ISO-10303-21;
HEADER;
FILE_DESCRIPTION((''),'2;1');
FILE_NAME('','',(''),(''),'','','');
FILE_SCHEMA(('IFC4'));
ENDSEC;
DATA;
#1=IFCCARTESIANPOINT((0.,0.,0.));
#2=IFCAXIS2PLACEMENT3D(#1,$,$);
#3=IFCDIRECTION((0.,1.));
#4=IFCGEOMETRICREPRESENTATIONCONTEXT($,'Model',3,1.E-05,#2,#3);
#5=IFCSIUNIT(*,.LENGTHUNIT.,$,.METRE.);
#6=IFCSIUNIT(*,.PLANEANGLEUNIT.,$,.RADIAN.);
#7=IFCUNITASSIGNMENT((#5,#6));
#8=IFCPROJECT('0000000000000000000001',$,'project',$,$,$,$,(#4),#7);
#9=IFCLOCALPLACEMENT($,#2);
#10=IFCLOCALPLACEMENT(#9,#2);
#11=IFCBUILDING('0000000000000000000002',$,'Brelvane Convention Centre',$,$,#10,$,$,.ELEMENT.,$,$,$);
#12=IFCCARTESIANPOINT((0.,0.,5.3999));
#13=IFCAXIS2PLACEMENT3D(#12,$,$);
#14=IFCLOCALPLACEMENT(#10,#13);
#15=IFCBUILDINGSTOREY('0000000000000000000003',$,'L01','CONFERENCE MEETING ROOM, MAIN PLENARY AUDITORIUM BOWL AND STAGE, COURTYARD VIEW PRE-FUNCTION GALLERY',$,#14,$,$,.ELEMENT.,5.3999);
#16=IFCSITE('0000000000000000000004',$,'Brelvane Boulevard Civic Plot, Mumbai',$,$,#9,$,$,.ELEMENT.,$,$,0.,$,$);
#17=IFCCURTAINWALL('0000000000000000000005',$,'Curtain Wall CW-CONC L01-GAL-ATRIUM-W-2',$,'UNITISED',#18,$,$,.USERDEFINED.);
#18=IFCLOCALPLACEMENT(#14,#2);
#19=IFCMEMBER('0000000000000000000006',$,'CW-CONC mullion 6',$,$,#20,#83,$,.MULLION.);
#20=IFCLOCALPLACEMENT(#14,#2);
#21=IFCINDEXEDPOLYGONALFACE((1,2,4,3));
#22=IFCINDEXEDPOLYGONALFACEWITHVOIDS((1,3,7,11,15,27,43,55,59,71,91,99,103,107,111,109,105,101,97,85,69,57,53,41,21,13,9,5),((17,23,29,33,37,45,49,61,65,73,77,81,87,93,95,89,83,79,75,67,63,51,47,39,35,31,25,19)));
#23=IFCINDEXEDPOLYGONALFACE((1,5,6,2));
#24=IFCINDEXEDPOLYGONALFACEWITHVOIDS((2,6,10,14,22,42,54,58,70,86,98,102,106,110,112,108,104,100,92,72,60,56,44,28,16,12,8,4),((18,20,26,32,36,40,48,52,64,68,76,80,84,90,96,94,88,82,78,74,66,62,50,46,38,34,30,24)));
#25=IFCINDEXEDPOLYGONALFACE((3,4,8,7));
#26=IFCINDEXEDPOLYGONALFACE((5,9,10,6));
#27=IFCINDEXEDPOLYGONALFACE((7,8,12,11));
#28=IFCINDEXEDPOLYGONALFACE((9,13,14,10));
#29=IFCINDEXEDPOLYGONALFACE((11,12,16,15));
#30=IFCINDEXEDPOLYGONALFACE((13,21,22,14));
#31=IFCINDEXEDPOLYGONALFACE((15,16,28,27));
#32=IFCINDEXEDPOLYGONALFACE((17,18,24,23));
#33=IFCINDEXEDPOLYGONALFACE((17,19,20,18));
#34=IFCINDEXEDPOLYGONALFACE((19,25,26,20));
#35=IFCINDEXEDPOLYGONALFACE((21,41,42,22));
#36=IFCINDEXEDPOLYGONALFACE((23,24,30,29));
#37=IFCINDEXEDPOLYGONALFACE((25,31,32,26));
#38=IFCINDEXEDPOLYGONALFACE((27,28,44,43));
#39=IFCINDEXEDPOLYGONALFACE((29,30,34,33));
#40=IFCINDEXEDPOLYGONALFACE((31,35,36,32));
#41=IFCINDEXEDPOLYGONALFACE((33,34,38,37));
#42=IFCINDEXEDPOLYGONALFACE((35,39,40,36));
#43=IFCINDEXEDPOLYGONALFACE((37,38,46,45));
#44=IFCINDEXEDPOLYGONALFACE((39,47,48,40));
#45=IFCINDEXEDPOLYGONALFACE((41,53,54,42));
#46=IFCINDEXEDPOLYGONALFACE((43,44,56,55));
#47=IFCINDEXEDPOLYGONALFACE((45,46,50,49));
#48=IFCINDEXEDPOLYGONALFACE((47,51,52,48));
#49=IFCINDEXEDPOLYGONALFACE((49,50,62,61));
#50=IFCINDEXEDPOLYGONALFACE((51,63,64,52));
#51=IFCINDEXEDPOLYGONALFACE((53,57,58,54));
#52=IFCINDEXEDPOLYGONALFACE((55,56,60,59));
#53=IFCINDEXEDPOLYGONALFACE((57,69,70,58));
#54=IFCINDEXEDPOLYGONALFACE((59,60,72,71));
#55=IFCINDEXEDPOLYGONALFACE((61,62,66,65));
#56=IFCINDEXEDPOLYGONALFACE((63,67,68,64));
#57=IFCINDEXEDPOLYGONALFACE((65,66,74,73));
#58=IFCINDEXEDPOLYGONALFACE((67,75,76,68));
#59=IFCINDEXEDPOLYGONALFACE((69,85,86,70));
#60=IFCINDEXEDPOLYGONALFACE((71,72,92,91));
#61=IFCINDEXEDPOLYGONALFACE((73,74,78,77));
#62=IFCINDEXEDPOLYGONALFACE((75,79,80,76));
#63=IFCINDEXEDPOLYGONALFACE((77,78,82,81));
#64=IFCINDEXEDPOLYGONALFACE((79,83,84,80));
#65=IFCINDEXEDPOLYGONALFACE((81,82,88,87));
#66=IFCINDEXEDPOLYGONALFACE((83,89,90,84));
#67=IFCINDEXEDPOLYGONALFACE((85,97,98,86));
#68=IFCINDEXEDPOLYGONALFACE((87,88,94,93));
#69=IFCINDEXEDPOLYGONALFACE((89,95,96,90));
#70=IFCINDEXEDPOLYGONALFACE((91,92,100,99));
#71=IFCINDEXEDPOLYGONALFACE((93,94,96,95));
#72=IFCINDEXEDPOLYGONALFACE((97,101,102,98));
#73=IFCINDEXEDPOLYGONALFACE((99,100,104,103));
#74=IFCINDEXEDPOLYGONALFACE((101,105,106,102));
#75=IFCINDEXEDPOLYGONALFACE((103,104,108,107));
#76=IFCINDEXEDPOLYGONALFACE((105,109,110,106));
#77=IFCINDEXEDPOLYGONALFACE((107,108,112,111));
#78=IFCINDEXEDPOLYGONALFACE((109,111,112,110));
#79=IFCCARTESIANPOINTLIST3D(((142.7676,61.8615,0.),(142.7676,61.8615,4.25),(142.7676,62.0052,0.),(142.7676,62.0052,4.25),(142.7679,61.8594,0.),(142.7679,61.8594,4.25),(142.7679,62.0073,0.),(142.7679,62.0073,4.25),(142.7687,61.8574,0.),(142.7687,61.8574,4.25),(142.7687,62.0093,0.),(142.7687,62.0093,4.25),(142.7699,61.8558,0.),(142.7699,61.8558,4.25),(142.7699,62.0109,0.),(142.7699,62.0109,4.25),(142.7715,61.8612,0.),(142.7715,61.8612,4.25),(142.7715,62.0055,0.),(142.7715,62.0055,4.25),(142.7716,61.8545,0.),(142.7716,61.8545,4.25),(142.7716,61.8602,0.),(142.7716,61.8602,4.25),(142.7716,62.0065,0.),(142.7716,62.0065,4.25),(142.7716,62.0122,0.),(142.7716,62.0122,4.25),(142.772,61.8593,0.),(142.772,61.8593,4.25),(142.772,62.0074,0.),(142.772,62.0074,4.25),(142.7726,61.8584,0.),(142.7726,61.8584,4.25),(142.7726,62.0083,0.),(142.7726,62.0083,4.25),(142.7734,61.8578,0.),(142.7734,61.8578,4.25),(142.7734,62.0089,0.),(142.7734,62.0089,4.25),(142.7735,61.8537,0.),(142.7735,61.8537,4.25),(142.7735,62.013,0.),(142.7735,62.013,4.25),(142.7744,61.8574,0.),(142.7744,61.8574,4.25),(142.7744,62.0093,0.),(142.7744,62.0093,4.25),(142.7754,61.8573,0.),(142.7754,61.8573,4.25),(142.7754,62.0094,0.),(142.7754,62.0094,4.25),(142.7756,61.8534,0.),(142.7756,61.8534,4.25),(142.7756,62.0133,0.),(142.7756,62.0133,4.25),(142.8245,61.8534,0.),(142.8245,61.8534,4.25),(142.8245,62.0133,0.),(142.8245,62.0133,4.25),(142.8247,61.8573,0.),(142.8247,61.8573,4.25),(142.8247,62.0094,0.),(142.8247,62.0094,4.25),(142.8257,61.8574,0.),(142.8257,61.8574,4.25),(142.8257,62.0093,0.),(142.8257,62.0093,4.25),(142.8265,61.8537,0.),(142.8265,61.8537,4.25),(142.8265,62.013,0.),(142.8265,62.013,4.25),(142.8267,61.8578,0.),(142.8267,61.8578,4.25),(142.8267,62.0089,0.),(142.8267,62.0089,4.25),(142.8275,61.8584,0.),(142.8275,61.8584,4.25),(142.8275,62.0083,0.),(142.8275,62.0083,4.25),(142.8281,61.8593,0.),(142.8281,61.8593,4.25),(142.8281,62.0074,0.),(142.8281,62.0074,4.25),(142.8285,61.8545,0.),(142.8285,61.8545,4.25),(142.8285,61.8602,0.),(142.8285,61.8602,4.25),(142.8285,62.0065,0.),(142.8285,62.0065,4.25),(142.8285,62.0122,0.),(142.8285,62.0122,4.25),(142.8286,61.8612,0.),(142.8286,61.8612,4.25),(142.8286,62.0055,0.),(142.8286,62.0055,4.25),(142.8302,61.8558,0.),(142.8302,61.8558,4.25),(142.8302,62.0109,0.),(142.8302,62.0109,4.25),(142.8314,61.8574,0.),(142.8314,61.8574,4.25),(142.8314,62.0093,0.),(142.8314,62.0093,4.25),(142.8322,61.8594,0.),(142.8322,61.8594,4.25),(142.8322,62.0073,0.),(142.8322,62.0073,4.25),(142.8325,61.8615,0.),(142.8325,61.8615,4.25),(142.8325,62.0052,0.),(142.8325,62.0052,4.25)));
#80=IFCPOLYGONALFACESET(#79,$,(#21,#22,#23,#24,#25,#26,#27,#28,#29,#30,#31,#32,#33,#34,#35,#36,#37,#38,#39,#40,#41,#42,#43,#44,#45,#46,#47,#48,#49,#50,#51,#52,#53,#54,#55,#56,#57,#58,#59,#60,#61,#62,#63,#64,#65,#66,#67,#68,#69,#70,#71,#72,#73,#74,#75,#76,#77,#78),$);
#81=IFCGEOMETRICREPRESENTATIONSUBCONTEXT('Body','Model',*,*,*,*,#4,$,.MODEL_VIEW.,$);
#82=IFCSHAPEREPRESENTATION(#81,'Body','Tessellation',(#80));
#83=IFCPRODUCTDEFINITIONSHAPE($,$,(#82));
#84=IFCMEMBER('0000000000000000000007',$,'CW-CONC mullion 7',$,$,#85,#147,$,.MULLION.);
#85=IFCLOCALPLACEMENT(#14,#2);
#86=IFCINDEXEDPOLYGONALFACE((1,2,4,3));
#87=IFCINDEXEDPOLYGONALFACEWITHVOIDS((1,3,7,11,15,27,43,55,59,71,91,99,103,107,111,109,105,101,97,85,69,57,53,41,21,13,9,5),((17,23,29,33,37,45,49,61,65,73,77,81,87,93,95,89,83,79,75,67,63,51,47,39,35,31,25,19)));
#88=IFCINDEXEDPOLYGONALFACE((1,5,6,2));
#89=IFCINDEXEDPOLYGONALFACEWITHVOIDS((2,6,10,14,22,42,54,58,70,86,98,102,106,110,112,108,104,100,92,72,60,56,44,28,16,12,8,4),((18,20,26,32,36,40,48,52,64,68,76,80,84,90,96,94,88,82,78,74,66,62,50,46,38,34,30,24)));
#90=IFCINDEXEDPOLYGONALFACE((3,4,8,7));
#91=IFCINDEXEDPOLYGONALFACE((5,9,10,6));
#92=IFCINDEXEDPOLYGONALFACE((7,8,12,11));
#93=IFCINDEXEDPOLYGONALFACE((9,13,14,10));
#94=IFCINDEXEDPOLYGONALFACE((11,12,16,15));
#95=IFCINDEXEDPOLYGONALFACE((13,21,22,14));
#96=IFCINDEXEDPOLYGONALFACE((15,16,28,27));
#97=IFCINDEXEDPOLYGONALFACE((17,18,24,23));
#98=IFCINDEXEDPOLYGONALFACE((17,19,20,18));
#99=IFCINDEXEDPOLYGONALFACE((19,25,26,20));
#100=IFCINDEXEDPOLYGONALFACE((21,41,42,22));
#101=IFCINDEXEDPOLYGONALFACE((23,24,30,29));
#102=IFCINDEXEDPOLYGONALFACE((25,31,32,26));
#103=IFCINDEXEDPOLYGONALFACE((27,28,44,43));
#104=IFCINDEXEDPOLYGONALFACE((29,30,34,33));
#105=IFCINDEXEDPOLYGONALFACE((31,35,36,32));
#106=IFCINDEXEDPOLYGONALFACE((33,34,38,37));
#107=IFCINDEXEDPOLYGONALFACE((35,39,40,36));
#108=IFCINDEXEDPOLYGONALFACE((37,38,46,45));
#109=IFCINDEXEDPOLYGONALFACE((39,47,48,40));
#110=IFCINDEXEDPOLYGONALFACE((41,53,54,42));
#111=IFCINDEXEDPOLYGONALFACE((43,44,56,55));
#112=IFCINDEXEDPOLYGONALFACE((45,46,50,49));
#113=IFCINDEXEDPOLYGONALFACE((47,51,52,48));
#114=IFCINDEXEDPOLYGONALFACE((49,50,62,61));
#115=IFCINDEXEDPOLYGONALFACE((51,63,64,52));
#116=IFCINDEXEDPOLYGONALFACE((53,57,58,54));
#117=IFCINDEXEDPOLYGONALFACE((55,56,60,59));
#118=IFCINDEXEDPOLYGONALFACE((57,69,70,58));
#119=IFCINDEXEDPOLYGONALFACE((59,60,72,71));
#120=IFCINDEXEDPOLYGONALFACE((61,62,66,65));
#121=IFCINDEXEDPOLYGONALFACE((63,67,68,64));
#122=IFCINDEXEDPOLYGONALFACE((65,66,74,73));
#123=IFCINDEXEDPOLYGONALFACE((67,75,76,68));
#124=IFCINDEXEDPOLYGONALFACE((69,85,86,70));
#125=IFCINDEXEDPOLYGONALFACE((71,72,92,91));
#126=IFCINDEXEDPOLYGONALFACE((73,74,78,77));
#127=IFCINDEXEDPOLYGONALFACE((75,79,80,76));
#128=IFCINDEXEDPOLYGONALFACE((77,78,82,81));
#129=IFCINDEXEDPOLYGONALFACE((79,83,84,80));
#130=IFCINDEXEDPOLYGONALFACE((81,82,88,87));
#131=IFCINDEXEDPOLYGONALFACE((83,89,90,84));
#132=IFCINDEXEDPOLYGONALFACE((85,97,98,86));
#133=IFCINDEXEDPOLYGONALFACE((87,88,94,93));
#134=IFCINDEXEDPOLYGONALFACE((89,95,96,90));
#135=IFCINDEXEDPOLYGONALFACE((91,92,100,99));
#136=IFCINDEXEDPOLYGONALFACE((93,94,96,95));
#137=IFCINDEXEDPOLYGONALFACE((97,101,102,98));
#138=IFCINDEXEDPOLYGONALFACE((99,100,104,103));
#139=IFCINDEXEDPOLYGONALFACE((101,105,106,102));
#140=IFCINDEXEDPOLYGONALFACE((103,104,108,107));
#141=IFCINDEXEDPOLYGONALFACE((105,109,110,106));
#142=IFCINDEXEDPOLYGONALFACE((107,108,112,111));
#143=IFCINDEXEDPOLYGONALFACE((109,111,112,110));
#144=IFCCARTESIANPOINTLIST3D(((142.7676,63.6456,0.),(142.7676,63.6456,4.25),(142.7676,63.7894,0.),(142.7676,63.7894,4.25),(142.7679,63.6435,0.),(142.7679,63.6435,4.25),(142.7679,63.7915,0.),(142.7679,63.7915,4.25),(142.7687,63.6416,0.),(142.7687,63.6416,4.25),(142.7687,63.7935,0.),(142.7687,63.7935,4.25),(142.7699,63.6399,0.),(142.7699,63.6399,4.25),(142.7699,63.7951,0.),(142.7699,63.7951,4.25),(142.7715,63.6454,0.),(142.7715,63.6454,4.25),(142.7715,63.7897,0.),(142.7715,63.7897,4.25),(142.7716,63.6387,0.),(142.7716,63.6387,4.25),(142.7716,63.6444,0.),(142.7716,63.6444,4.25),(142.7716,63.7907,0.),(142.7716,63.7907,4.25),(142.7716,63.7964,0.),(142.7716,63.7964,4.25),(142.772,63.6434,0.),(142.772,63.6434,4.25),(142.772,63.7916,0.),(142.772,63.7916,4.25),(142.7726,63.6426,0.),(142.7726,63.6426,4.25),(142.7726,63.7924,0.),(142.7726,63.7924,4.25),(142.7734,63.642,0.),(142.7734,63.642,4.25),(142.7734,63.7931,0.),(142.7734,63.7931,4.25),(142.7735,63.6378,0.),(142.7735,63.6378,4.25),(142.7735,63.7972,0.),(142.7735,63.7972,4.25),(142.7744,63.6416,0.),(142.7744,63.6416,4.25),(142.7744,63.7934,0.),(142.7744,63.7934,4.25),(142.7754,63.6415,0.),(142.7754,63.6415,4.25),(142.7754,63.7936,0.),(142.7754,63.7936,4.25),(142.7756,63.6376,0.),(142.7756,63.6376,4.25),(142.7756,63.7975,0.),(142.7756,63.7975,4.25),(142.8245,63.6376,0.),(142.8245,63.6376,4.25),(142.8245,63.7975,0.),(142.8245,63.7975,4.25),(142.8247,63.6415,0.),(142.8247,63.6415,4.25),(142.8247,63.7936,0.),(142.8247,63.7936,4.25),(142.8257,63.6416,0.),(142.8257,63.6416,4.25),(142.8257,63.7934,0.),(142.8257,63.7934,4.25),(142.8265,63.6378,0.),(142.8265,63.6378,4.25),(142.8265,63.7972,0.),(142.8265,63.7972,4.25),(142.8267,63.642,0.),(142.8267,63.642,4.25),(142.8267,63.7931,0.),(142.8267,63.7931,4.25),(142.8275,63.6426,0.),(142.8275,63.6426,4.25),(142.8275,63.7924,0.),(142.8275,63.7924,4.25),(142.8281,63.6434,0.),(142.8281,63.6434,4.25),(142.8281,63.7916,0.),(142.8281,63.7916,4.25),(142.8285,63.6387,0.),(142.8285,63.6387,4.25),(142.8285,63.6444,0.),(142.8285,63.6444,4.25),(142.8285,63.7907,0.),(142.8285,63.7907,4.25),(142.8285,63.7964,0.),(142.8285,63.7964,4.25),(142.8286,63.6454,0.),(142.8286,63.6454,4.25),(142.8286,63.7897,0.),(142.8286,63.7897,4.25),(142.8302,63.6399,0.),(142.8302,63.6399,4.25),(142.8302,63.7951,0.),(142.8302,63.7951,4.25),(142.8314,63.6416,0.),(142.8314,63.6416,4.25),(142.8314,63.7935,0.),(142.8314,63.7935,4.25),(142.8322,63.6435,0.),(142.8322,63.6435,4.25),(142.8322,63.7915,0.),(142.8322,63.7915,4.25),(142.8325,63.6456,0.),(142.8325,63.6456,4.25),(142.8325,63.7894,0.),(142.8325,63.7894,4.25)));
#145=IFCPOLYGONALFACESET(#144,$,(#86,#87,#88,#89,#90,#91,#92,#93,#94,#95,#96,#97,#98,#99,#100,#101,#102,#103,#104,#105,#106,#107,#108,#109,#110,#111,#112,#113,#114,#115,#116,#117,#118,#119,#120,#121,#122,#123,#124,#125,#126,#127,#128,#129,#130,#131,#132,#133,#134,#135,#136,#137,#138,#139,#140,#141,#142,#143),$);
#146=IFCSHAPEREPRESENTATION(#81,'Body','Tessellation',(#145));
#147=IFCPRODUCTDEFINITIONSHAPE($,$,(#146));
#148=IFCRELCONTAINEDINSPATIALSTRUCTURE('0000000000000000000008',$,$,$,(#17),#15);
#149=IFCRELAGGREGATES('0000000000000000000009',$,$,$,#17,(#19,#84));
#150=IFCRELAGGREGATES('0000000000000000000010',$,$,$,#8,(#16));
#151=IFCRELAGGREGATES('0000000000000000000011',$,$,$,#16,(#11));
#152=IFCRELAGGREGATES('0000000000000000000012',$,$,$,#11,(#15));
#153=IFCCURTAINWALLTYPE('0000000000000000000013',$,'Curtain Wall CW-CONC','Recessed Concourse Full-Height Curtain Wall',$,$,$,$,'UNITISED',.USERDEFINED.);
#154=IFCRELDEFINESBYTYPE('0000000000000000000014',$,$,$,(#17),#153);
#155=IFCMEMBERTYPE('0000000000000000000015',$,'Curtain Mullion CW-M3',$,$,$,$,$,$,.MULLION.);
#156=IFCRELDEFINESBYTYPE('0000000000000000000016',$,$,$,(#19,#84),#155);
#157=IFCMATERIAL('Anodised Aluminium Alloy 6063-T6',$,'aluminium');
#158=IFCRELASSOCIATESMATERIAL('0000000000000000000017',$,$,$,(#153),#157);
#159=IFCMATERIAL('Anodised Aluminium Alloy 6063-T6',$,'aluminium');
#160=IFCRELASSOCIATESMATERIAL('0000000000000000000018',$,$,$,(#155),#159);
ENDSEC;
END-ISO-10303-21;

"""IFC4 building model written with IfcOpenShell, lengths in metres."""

from ifc_helpers import new_model, si_unit, direction, frame, origin, origin_2d, place, context, subcontext, project, spatial, hollow_rectangle, extrude, material, material_profile, profile_set, type_object, element, aggregate, save


model = new_model("IFC4")

# Units and contexts
model_context = context("Model", 3, precision=1e-05, world=origin(), true_north=direction((0.0, 1.0)))
body_context = subcontext(model_context, "Body", "Model", "MODEL_VIEW")
ifc_project = project(units=[si_unit("LENGTHUNIT", "METRE"), si_unit("PLANEANGLEUNIT", "RADIAN")], contexts=[model_context])

# Site, building, storey
site_placement = place(None, origin())
site = spatial("IfcSite", under=ifc_project, at=site_placement, Name="Brelvane Boulevard Civic Plot, Mumbai", CompositionType="ELEMENT", RefElevation=0.0)
building_placement = place(site_placement, origin())
building = spatial("IfcBuilding", under=site, at=building_placement, Name="Brelvane Convention Centre", CompositionType="ELEMENT")
storey_placement = place(building_placement, frame((0.0, 0.0, 5.3999)))
storey = spatial("IfcBuildingStorey", under=building, at=storey_placement, Name="L01", Description="CONFERENCE MEETING ROOM, MAIN PLENARY AUDITORIUM BOWL AND STAGE, COURTYARD VIEW PRE-FUNCTION GALLERY", CompositionType="ELEMENT", Elevation=5.3999)

# Curtain wall, members
ifc_material_1 = material(Name="Anodised Aluminium Alloy 6063-T6", Category="aluminium")
curtain_wall_type = type_object("IfcCurtainWallType", Name="Curtain Wall CW-CONC", Description="Recessed Concourse Full-Height Curtain Wall", ElementType="UNITISED", PredefinedType="USERDEFINED", material=ifc_material_1)
curtain_wall_1_placement = place(storey_placement, origin())
curtain_wall_1 = element("IfcCurtainWall", 1, at=curtain_wall_1_placement, inside=storey, type_object=curtain_wall_type, Name="Curtain Wall CW-CONC L01-GAL-ATRIUM-W-2", ObjectType="UNITISED", PredefinedType="USERDEFINED")
ifc_material_2 = material(Name="Anodised Aluminium Alloy 6063-T6", Category="aluminium")
ifc_material_profile_1 = material_profile(ifc_material_2, hollow_rectangle(XDim=0.0649, YDim=0.1599, WallThickness=0.0039, InnerFilletRadius=0.0039, OuterFilletRadius=0.0081, at=origin_2d()), Name="ALU-M 160x65x4.0")
ifc_profile_set_1 = profile_set([ifc_material_profile_1], Name="Anodised Aluminium Alloy 6063-T6")
member_type_1 = type_object("IfcMemberType", Name="Curtain Mullion CW-M3", PredefinedType="MULLION", material=ifc_profile_set_1)
member_1_placement = place(storey_placement, frame((142.8, 61.9333, 0.0), z_axis=(0.0, 0.0, 1.0), x_axis=(-1.0, 0.0, 0.0)))
member_1 = element("IfcMember", 2, at=member_1_placement, type_object=member_type_1, Name="CW-CONC mullion 6", PredefinedType="MULLION", context=body_context, shape_type="SweptSolid", body=[
    extrude(hollow_rectangle(XDim=0.0649, YDim=0.1599, WallThickness=0.0039, InnerFilletRadius=0.0039, OuterFilletRadius=0.0081, at=origin_2d()), origin(), (0.0, 0.0, 1.0), 4.25),
])
member_2_placement = place(storey_placement, frame((142.8, 63.7175, 0.0), z_axis=(0.0, 0.0, 1.0), x_axis=(-1.0, 0.0, 0.0)))
member_2 = element("IfcMember", 3, at=member_2_placement, type_object=member_type_1, Name="CW-CONC mullion 7", PredefinedType="MULLION", context=body_context, shape_type="SweptSolid", body=[
    extrude(hollow_rectangle(XDim=0.0649, YDim=0.1599, WallThickness=0.0039, InnerFilletRadius=0.0039, OuterFilletRadius=0.0081, at=origin_2d()), origin(), (0.0, 0.0, 1.0), 4.25),
])

aggregate(curtain_wall_1, [member_1, member_2])

save(model, "model.ifc")
